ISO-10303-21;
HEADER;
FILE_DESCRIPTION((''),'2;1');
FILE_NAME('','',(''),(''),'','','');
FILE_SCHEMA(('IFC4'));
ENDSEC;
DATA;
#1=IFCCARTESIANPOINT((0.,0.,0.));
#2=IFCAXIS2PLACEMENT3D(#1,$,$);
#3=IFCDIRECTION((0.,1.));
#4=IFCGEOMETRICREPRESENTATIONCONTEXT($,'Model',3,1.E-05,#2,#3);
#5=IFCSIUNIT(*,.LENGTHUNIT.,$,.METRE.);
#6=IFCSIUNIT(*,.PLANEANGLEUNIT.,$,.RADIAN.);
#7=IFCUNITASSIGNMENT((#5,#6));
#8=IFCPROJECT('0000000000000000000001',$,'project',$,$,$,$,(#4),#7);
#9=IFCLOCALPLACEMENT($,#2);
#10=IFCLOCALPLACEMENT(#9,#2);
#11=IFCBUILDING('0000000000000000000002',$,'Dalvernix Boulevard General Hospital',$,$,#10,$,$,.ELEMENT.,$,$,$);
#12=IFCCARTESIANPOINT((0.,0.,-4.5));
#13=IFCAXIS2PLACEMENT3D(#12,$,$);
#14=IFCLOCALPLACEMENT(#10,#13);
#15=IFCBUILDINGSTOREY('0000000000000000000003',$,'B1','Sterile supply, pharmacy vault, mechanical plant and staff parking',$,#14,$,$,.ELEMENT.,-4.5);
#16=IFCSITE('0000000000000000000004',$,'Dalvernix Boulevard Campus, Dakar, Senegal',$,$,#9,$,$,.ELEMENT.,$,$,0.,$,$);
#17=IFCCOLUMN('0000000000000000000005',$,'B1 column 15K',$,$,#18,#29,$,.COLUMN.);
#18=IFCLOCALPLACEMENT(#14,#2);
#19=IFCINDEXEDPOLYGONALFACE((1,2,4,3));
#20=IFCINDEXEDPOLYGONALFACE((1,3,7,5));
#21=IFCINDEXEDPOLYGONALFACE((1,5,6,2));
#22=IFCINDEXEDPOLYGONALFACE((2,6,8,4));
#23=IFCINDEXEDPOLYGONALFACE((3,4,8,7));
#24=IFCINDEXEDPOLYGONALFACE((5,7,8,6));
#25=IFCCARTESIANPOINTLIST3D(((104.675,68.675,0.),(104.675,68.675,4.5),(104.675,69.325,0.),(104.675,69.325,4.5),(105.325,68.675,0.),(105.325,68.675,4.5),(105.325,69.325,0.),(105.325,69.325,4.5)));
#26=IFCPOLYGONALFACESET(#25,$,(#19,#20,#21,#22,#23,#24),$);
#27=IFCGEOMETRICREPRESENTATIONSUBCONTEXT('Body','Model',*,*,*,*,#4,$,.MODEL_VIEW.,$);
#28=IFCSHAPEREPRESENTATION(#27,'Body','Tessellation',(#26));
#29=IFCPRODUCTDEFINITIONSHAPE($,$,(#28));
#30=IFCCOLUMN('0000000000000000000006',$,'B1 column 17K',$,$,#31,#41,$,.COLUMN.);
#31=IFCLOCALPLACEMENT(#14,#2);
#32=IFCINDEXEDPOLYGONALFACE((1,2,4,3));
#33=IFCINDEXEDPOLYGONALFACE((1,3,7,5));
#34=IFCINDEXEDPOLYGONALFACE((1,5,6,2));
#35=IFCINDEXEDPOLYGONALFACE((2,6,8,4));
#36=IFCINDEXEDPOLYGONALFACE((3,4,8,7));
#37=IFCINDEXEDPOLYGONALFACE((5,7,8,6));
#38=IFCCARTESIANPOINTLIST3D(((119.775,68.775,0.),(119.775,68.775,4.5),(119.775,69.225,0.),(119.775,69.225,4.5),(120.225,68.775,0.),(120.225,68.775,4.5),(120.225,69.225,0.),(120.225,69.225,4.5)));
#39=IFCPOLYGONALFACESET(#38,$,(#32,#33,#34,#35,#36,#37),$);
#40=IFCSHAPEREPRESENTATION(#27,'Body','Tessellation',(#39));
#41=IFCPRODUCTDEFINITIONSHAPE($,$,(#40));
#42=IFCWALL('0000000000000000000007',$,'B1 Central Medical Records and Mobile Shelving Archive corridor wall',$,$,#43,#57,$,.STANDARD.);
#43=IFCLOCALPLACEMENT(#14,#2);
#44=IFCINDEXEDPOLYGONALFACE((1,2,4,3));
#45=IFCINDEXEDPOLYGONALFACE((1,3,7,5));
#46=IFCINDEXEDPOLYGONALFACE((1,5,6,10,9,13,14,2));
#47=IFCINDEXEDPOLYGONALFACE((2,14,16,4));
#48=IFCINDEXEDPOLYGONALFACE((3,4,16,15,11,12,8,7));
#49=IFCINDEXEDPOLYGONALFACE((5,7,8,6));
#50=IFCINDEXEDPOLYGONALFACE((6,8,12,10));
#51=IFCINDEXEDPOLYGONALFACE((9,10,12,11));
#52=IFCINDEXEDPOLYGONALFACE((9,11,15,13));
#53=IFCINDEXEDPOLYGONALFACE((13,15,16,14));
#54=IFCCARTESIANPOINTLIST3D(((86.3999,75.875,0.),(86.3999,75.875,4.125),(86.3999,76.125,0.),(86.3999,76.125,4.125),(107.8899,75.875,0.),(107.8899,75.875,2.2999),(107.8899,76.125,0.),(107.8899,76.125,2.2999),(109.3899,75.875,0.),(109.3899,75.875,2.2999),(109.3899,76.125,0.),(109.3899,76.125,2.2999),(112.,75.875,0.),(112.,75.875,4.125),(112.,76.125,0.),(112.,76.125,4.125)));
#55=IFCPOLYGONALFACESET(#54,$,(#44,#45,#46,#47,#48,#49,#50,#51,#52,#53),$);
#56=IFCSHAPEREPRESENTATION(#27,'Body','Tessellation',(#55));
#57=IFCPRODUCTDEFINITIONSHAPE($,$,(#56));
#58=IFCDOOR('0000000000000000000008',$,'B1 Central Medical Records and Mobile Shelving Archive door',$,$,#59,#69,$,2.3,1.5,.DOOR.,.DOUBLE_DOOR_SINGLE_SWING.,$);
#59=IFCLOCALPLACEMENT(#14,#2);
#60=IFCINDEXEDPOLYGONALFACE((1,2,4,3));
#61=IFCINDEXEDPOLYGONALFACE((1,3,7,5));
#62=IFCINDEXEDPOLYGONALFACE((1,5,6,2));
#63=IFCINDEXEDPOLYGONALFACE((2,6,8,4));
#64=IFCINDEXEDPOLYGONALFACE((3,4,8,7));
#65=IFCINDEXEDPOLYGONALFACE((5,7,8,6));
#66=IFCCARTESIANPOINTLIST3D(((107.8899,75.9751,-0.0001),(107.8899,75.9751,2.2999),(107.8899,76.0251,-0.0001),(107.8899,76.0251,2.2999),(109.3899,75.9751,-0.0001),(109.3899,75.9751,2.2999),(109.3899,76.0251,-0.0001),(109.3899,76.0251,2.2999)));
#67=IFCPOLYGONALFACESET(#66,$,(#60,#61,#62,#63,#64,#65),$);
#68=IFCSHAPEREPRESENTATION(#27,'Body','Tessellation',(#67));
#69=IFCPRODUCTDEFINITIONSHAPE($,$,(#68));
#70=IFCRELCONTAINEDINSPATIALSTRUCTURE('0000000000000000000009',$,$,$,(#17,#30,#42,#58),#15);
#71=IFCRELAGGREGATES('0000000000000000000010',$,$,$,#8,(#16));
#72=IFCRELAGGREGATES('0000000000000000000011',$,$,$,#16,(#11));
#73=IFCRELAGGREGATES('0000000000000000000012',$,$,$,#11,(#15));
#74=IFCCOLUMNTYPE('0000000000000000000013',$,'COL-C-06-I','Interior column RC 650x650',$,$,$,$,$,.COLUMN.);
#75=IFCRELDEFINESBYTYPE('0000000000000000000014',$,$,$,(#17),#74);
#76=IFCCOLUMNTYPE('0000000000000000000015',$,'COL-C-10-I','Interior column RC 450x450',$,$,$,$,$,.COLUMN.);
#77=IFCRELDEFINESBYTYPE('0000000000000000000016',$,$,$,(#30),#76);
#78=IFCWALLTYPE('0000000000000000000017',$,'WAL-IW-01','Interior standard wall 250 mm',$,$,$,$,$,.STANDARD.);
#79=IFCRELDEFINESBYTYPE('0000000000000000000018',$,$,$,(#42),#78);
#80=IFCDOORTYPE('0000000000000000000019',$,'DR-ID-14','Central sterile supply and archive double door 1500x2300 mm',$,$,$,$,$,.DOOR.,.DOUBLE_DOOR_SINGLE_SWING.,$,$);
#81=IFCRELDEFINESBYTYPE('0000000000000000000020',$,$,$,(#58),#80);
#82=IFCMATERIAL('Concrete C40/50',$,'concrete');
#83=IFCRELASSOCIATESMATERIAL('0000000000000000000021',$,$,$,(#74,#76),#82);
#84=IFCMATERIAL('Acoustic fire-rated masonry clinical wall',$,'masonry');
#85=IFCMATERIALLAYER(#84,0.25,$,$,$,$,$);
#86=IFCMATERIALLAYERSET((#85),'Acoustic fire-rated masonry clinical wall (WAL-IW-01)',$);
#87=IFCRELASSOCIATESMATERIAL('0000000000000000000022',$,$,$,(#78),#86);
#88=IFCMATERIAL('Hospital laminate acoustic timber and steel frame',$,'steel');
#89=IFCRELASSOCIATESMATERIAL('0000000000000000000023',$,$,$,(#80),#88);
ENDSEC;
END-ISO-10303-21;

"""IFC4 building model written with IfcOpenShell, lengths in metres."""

from ifc_helpers import new_model, si_unit, direction, frame, frame_2d, origin, origin_2d, place, context, subcontext, project, spatial, rectangle, extrude, material, layer, layer_set, material_profile, profile_set, type_object, element, fill, save


model = new_model("IFC4")

# Units and contexts
model_context = context("Model", 3, precision=1e-05, world=origin(), true_north=direction((0.0, 1.0)))
body_context = subcontext(model_context, "Body", "Model", "MODEL_VIEW")
ifc_project = project(units=[si_unit("LENGTHUNIT", "METRE"), si_unit("PLANEANGLEUNIT", "RADIAN")], contexts=[model_context])

# Site, building, storey
site_placement = place(None, origin())
site = spatial("IfcSite", under=ifc_project, at=site_placement, Name="Dalvernix Boulevard Campus, Dakar, Senegal", CompositionType="ELEMENT", RefElevation=0.0)
building_placement = place(site_placement, origin())
building = spatial("IfcBuilding", under=site, at=building_placement, Name="Dalvernix Boulevard General Hospital", CompositionType="ELEMENT")
storey_placement = place(building_placement, frame((0.0, 0.0, -4.5)))
storey = spatial("IfcBuildingStorey", under=building, at=storey_placement, Name="B1", Description="Sterile supply, pharmacy vault, mechanical plant and staff parking", CompositionType="ELEMENT", Elevation=-4.5)

# Shared definitions
ifc_material_1 = material(Name="Concrete C40/50", Category="concrete")

# Columns
ifc_material_profile_1 = material_profile(ifc_material_1, rectangle(XDim=0.6499, YDim=0.6499, at=origin_2d()), Name="RC 650x650")
ifc_profile_set_1 = profile_set([ifc_material_profile_1], Name="Concrete C40/50")
column_type_1 = type_object("IfcColumnType", Name="COL-C-06-I", Description="Interior column RC 650x650", PredefinedType="COLUMN", material=ifc_profile_set_1)
column_1_placement = place(storey_placement, frame((105.0, 69.0, 0.0), z_axis=(0.0, 0.0, 1.0), x_axis=(1.0, 0.0, 0.0)))
element("IfcColumn", 1, at=column_1_placement, inside=storey, type_object=column_type_1, Name="B1 column 15K", PredefinedType="COLUMN", context=body_context, shape_type="SweptSolid", body=[
    extrude(rectangle(XDim=0.6499, YDim=0.6499, at=origin_2d()), origin(), (0.0, 0.0, 1.0), 4.5),
])
ifc_material_profile_2 = material_profile(ifc_material_1, rectangle(XDim=0.45, YDim=0.45, at=origin_2d()), Name="RC 450x450")
ifc_profile_set_2 = profile_set([ifc_material_profile_2], Name="Concrete C40/50")
column_type_2 = type_object("IfcColumnType", Name="COL-C-10-I", Description="Interior column RC 450x450", PredefinedType="COLUMN", material=ifc_profile_set_2)
column_2_placement = place(storey_placement, frame((120.0, 69.0, 0.0), z_axis=(0.0, 0.0, 1.0), x_axis=(1.0, 0.0, 0.0)))
element("IfcColumn", 2, at=column_2_placement, inside=storey, type_object=column_type_2, Name="B1 column 17K", PredefinedType="COLUMN", context=body_context, shape_type="SweptSolid", body=[
    extrude(rectangle(XDim=0.45, YDim=0.45, at=origin_2d()), origin(), (0.0, 0.0, 1.0), 4.5),
])

# Wall, opening, door
ifc_material_2 = material(Name="Acoustic fire-rated masonry clinical wall", Category="masonry")
ifc_layer = layer(ifc_material_2, 0.25)
ifc_layer_set = layer_set([ifc_layer], Name="Acoustic fire-rated masonry clinical wall (WAL-IW-01)")
wall_type = type_object("IfcWallType", Name="WAL-IW-01", Description="Interior standard wall 250 mm", PredefinedType="STANDARD", material=ifc_layer_set)
wall_placement = place(storey_placement, frame((112.0, 76.0, 0.0), z_axis=(0.0, 0.0, 1.0), x_axis=(-1.0, 0.0, 0.0)))
wall = element("IfcWall", 3, at=wall_placement, inside=storey, type_object=wall_type, Name="B1 Central Medical Records and Mobile Shelving Archive corridor wall", PredefinedType="STANDARD", context=body_context, shape_type="SweptSolid", body=[
    extrude(rectangle(XDim=25.6001, YDim=0.25, at=frame_2d((12.8, 0.0))), origin(), (0.0, 0.0, 1.0), 4.125),
])
opening_placement = place(wall_placement, frame((2.6101, 0.0, 0.0)))
opening = element("IfcOpeningElement", 4, at=opening_placement, cuts=wall, PredefinedType="OPENING", context=body_context, shape_type="SweptSolid", body=[
    extrude(rectangle(XDim=1.5, YDim=2.3, at=frame_2d((0.75, 1.1499))), frame((0.0, 0.135, 0.0), z_axis=(0.0, -1.0, 0.0), x_axis=(1.0, 0.0, 0.0)), (0.0, 0.0, 1.0), 0.27),
])
ifc_material_3 = material(Name="Hospital laminate acoustic timber and steel frame", Category="steel")
door_type = type_object("IfcDoorType", Name="DR-ID-14", Description="Central sterile supply and archive double door 1500x2300 mm", OperationType="DOUBLE_DOOR_SINGLE_SWING", PredefinedType="DOOR", material=ifc_material_3)
door_placement = place(opening_placement, origin())
door = element("IfcDoor", 5, at=door_placement, inside=storey, type_object=door_type, Name="B1 Central Medical Records and Mobile Shelving Archive door", OperationType="DOUBLE_DOOR_SINGLE_SWING", OverallHeight=2.3, OverallWidth=1.5, PredefinedType="DOOR", context=body_context, shape_type="SweptSolid", body=[
    extrude(rectangle(XDim=1.5, YDim=2.3, at=frame_2d((0.75, 1.1499))), frame((0.0, 0.0249, 0.0), z_axis=(0.0, -1.0, 0.0), x_axis=(1.0, 0.0, 0.0)), (0.0, 0.0, 1.0), 0.05),
])
fill(opening, door)

save(model, "model.ifc")
